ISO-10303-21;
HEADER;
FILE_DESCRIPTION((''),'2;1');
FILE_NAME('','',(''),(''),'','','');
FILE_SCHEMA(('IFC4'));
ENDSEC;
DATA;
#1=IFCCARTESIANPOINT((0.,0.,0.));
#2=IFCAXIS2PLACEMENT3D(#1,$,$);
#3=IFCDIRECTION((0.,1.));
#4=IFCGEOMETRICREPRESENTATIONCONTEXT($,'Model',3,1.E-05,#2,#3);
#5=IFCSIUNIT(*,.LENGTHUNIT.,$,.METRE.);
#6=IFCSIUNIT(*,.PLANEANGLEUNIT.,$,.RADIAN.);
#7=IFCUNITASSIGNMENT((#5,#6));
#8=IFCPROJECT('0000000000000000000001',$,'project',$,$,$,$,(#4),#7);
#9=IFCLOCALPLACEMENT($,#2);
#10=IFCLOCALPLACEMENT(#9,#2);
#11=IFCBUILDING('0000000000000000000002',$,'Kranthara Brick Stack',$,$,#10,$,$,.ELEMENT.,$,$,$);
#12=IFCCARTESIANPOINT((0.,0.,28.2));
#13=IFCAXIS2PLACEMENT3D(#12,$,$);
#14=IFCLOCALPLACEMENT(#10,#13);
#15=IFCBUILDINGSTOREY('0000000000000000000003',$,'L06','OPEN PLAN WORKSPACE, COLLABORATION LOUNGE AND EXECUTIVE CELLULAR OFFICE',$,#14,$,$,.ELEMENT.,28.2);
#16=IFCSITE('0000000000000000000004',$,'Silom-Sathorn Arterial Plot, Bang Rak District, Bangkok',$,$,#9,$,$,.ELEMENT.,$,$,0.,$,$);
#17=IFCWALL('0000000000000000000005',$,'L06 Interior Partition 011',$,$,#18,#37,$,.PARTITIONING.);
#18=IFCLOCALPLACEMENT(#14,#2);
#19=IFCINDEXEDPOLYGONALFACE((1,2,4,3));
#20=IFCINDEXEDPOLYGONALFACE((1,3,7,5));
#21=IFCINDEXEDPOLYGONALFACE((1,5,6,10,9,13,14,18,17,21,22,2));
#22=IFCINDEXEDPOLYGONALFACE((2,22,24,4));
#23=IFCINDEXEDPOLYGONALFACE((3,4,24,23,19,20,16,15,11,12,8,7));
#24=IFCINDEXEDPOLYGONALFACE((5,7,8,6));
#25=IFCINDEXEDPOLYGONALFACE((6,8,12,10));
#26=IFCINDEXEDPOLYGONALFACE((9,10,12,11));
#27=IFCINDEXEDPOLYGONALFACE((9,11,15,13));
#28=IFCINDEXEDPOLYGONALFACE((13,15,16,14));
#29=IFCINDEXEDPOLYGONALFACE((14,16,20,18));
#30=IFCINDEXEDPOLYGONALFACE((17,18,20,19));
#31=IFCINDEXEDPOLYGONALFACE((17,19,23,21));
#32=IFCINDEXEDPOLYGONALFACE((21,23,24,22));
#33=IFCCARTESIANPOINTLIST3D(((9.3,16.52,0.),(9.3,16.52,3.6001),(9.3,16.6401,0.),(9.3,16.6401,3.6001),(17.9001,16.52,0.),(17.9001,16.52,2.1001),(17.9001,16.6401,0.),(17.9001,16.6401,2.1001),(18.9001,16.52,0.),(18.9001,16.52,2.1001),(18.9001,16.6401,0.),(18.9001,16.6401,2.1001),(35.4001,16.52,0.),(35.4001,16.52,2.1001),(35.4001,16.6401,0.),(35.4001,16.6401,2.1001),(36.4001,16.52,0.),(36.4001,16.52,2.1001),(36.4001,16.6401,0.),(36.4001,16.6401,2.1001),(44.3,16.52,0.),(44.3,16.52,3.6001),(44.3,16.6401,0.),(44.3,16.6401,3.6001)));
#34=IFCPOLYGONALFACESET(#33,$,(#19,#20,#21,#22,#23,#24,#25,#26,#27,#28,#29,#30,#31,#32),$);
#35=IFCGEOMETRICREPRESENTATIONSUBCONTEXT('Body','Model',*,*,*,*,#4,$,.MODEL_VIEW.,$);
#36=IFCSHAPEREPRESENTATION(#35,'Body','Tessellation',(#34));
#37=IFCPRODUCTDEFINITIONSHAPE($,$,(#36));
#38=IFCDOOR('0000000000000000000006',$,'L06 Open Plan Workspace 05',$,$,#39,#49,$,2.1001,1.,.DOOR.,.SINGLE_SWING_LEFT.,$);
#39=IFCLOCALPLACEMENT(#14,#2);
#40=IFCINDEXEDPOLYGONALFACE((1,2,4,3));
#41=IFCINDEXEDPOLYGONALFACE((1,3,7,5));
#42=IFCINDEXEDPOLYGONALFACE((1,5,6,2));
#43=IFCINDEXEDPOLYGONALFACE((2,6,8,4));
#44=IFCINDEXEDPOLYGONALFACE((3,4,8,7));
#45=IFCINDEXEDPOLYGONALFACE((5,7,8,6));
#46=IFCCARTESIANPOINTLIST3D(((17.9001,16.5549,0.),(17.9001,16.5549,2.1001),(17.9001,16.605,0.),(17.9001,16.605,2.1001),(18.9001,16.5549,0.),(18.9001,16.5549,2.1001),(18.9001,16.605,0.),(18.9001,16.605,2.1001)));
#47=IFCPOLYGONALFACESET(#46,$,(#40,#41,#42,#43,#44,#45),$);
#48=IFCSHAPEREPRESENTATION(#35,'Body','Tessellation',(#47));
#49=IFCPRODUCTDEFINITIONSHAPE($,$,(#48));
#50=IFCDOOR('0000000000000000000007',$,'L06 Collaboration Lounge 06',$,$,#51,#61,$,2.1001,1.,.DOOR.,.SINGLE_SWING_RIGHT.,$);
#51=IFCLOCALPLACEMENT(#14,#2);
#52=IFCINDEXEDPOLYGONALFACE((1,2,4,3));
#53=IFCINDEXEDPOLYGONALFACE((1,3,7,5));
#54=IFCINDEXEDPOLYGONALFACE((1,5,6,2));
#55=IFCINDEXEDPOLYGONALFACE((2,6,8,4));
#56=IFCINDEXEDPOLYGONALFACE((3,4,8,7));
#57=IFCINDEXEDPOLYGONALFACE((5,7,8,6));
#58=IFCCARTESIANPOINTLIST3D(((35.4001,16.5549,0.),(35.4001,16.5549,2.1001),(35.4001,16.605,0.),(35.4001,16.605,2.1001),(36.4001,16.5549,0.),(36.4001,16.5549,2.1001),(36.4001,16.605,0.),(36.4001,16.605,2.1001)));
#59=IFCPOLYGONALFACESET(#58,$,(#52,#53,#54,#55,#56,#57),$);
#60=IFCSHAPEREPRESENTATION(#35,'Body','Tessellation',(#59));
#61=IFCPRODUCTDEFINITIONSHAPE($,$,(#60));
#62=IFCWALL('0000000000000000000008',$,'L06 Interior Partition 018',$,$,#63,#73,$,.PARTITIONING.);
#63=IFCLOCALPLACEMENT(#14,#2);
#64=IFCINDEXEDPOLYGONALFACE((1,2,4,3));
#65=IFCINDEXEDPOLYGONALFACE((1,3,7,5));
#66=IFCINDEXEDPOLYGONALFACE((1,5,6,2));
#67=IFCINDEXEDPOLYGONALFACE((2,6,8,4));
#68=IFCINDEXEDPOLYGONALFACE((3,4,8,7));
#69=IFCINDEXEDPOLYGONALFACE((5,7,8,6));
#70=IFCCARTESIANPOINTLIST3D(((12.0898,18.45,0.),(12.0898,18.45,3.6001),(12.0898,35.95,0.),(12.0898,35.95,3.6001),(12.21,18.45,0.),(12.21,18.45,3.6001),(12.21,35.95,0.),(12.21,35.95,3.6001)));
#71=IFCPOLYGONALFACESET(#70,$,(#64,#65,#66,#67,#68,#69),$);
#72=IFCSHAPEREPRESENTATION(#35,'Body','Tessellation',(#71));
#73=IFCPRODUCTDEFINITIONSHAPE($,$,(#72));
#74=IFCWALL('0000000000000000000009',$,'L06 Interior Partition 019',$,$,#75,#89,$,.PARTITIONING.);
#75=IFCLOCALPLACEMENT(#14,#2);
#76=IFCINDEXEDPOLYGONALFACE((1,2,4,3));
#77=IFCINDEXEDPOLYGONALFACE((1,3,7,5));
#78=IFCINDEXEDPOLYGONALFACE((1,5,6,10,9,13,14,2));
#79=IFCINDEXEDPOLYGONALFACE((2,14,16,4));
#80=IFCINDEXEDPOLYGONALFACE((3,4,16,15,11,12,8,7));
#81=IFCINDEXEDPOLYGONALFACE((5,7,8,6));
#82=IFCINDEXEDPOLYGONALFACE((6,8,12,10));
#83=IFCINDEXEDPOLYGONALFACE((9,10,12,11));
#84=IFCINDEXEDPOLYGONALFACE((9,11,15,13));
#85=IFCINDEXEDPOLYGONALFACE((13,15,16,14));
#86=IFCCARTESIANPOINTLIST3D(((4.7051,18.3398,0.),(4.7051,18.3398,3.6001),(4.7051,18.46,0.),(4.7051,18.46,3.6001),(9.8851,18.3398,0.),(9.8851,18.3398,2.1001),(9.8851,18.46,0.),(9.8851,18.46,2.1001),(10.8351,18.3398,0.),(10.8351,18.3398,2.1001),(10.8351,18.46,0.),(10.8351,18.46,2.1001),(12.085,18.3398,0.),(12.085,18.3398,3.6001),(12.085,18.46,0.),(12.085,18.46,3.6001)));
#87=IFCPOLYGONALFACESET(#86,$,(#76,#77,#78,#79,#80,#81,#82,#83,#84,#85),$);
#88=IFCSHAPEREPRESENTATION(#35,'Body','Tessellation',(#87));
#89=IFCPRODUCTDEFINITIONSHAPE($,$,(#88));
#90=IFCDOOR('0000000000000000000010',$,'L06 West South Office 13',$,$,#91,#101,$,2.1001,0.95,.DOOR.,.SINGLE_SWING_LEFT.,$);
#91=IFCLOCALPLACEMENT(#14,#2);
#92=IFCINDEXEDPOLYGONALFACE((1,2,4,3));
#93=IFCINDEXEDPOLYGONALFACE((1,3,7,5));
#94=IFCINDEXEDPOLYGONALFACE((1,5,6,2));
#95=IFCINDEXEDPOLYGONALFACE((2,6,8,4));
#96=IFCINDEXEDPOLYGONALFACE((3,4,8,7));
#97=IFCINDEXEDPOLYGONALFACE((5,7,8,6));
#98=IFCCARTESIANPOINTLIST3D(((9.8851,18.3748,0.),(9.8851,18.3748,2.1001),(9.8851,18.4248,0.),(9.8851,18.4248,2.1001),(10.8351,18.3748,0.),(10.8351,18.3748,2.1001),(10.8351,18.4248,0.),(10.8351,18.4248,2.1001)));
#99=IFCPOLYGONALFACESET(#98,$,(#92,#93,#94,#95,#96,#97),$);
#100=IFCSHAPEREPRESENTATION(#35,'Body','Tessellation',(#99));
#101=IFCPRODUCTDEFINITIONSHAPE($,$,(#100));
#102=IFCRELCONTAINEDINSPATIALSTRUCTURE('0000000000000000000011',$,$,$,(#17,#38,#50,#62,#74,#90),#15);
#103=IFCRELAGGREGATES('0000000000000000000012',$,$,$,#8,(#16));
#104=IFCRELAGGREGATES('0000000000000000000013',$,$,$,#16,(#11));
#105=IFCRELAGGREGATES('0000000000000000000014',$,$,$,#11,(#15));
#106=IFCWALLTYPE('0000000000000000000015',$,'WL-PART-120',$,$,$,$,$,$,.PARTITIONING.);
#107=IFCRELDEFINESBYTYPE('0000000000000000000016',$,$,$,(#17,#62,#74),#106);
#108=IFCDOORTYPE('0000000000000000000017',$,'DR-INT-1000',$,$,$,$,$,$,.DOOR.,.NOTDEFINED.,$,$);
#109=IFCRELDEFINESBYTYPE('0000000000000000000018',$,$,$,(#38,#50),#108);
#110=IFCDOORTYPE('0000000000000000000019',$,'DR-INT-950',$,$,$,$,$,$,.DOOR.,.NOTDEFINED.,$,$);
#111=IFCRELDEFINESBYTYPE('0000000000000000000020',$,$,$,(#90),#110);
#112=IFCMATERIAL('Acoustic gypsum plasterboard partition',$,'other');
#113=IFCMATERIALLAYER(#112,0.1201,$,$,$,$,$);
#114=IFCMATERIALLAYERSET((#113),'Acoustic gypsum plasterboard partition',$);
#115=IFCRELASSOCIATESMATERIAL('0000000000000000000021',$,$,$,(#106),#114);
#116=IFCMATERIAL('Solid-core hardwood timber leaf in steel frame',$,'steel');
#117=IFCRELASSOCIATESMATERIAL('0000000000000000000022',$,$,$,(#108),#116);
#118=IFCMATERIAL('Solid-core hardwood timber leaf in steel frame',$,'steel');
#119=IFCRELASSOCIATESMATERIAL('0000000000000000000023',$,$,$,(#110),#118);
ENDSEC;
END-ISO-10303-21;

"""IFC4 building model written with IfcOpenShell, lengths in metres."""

from ifc_helpers import new_model, si_unit, direction, frame, frame_2d, origin, place, context, subcontext, project, spatial, rectangle, extrude, material, layer, layer_set, type_object, element, fill, save


model = new_model("IFC4")

# Units and contexts
model_context = context("Model", 3, precision=1e-05, world=origin(), true_north=direction((0.0, 1.0)))
body_context = subcontext(model_context, "Body", "Model", "MODEL_VIEW")
ifc_project = project(units=[si_unit("LENGTHUNIT", "METRE"), si_unit("PLANEANGLEUNIT", "RADIAN")], contexts=[model_context])

# Site, building, storey
site_placement = place(None, origin())
site = spatial("IfcSite", under=ifc_project, at=site_placement, Name="Silom-Sathorn Arterial Plot, Bang Rak District, Bangkok", CompositionType="ELEMENT", RefElevation=0.0)
building_placement = place(site_placement, origin())
building = spatial("IfcBuilding", under=site, at=building_placement, Name="Kranthara Brick Stack", CompositionType="ELEMENT")
storey_placement = place(building_placement, frame((0.0, 0.0, 28.2)))
storey = spatial("IfcBuildingStorey", under=building, at=storey_placement, Name="L06", Description="OPEN PLAN WORKSPACE, COLLABORATION LOUNGE AND EXECUTIVE CELLULAR OFFICE", CompositionType="ELEMENT", Elevation=28.2)

# Wall, openings, doors
ifc_material_1 = material(Name="Acoustic gypsum plasterboard partition", Category="other")
ifc_layer_1 = layer(ifc_material_1, 0.1201)
ifc_layer_set_1 = layer_set([ifc_layer_1], Name="Acoustic gypsum plasterboard partition")
wall_type_1 = type_object("IfcWallType", Name="WL-PART-120", PredefinedType="PARTITIONING", material=ifc_layer_set_1)
wall_1_placement = place(storey_placement, frame((9.3, 16.5801, 0.0), z_axis=(0.0, 0.0, 1.0), x_axis=(1.0, 0.0, 0.0)))
wall_1 = element("IfcWall", 1, at=wall_1_placement, inside=storey, type_object=wall_type_1, Name="L06 Interior Partition 011", PredefinedType="PARTITIONING", context=body_context, shape_type="SweptSolid", body=[
    extrude(rectangle(XDim=35.0, YDim=0.1201, at=frame_2d((17.5, 0.0))), origin(), (0.0, 0.0, 1.0), 3.6001),
])
opening_1_placement = place(wall_1_placement, frame((8.6001, 0.0, 0.0)))
opening_1 = element("IfcOpeningElement", 2, at=opening_1_placement, cuts=wall_1, PredefinedType="OPENING", context=body_context, shape_type="SweptSolid", body=[
    extrude(rectangle(XDim=1.0, YDim=2.1001, at=frame_2d((0.5, 1.05))), frame((0.0, 0.0701, 0.0), z_axis=(0.0, -1.0, 0.0), x_axis=(1.0, 0.0, 0.0)), (0.0, 0.0, 1.0), 0.1401),
])
opening_2_placement = place(wall_1_placement, frame((26.1001, 0.0, 0.0)))
opening_2 = element("IfcOpeningElement", 3, at=opening_2_placement, cuts=wall_1, PredefinedType="OPENING", context=body_context, shape_type="SweptSolid", body=[
    extrude(rectangle(XDim=1.0, YDim=2.1001, at=frame_2d((0.5, 1.05))), frame((0.0, 0.0701, 0.0), z_axis=(0.0, -1.0, 0.0), x_axis=(1.0, 0.0, 0.0)), (0.0, 0.0, 1.0), 0.1401),
])
ifc_material_2 = material(Name="Solid-core hardwood timber leaf in steel frame", Category="steel")
door_type_1 = type_object("IfcDoorType", Name="DR-INT-1000", OperationType="NOTDEFINED", PredefinedType="DOOR", material=ifc_material_2)
door_1_placement = place(opening_1_placement, origin())
door_1 = element("IfcDoor", 4, at=door_1_placement, inside=storey, type_object=door_type_1, Name="L06 Open Plan Workspace 05", OperationType="SINGLE_SWING_LEFT", OverallHeight=2.1001, OverallWidth=1.0, PredefinedType="DOOR", context=body_context, shape_type="SweptSolid", body=[
    extrude(rectangle(XDim=1.0, YDim=2.1001, at=frame_2d((0.5, 1.05))), frame((0.0, 0.0249, 0.0), z_axis=(0.0, -1.0, 0.0), x_axis=(1.0, 0.0, 0.0)), (0.0, 0.0, 1.0), 0.05),
])
fill(opening_1, door_1)
door_2_placement = place(opening_2_placement, origin())
door_2 = element("IfcDoor", 5, at=door_2_placement, inside=storey, type_object=door_type_1, Name="L06 Collaboration Lounge 06", OperationType="SINGLE_SWING_RIGHT", OverallHeight=2.1001, OverallWidth=1.0, PredefinedType="DOOR", context=body_context, shape_type="SweptSolid", body=[
    extrude(rectangle(XDim=1.0, YDim=2.1001, at=frame_2d((0.5, 1.05))), frame((0.0, 0.0249, 0.0), z_axis=(0.0, -1.0, 0.0), x_axis=(1.0, 0.0, 0.0)), (0.0, 0.0, 1.0), 0.05),
])
fill(opening_2, door_2)

# Wall
wall_2_placement = place(storey_placement, frame((12.1499, 18.45, 0.0), z_axis=(0.0, 0.0, 1.0), x_axis=(0.0, 1.0, 0.0)))
element("IfcWall", 6, at=wall_2_placement, inside=storey, type_object=wall_type_1, Name="L06 Interior Partition 018", PredefinedType="PARTITIONING", context=body_context, shape_type="SweptSolid", body=[
    extrude(rectangle(XDim=17.5, YDim=0.1201, at=frame_2d((8.75, 0.0))), origin(), (0.0, 0.0, 1.0), 3.6001),
])

# Wall, opening, door
wall_3_placement = place(storey_placement, frame((4.7051, 18.3999, 0.0), z_axis=(0.0, 0.0, 1.0), x_axis=(1.0, 0.0, 0.0)))
wall_3 = element("IfcWall", 7, at=wall_3_placement, inside=storey, type_object=wall_type_1, Name="L06 Interior Partition 019", PredefinedType="PARTITIONING", context=body_context, shape_type="SweptSolid", body=[
    extrude(rectangle(XDim=7.3799, YDim=0.1201, at=frame_2d((3.6899, 0.0))), origin(), (0.0, 0.0, 1.0), 3.6001),
])
opening_3_placement = place(wall_3_placement, frame((5.1799, 0.0, 0.0)))
opening_3 = element("IfcOpeningElement", 8, at=opening_3_placement, cuts=wall_3, PredefinedType="OPENING", context=body_context, shape_type="SweptSolid", body=[
    extrude(rectangle(XDim=0.95, YDim=2.1001, at=frame_2d((0.4751, 1.05))), frame((0.0, 0.0701, 0.0), z_axis=(0.0, -1.0, 0.0), x_axis=(1.0, 0.0, 0.0)), (0.0, 0.0, 1.0), 0.1401),
])
ifc_material_3 = material(Name="Solid-core hardwood timber leaf in steel frame", Category="steel")
door_type_2 = type_object("IfcDoorType", Name="DR-INT-950", OperationType="NOTDEFINED", PredefinedType="DOOR", material=ifc_material_3)
door_3_placement = place(opening_3_placement, origin())
door_3 = element("IfcDoor", 9, at=door_3_placement, inside=storey, type_object=door_type_2, Name="L06 West South Office 13", OperationType="SINGLE_SWING_LEFT", OverallHeight=2.1001, OverallWidth=0.95, PredefinedType="DOOR", context=body_context, shape_type="SweptSolid", body=[
    extrude(rectangle(XDim=0.95, YDim=2.1001, at=frame_2d((0.4751, 1.05))), frame((0.0, 0.0249, 0.0), z_axis=(0.0, -1.0, 0.0), x_axis=(1.0, 0.0, 0.0)), (0.0, 0.0, 1.0), 0.05),
])
fill(opening_3, door_3)

save(model, "model.ifc")
